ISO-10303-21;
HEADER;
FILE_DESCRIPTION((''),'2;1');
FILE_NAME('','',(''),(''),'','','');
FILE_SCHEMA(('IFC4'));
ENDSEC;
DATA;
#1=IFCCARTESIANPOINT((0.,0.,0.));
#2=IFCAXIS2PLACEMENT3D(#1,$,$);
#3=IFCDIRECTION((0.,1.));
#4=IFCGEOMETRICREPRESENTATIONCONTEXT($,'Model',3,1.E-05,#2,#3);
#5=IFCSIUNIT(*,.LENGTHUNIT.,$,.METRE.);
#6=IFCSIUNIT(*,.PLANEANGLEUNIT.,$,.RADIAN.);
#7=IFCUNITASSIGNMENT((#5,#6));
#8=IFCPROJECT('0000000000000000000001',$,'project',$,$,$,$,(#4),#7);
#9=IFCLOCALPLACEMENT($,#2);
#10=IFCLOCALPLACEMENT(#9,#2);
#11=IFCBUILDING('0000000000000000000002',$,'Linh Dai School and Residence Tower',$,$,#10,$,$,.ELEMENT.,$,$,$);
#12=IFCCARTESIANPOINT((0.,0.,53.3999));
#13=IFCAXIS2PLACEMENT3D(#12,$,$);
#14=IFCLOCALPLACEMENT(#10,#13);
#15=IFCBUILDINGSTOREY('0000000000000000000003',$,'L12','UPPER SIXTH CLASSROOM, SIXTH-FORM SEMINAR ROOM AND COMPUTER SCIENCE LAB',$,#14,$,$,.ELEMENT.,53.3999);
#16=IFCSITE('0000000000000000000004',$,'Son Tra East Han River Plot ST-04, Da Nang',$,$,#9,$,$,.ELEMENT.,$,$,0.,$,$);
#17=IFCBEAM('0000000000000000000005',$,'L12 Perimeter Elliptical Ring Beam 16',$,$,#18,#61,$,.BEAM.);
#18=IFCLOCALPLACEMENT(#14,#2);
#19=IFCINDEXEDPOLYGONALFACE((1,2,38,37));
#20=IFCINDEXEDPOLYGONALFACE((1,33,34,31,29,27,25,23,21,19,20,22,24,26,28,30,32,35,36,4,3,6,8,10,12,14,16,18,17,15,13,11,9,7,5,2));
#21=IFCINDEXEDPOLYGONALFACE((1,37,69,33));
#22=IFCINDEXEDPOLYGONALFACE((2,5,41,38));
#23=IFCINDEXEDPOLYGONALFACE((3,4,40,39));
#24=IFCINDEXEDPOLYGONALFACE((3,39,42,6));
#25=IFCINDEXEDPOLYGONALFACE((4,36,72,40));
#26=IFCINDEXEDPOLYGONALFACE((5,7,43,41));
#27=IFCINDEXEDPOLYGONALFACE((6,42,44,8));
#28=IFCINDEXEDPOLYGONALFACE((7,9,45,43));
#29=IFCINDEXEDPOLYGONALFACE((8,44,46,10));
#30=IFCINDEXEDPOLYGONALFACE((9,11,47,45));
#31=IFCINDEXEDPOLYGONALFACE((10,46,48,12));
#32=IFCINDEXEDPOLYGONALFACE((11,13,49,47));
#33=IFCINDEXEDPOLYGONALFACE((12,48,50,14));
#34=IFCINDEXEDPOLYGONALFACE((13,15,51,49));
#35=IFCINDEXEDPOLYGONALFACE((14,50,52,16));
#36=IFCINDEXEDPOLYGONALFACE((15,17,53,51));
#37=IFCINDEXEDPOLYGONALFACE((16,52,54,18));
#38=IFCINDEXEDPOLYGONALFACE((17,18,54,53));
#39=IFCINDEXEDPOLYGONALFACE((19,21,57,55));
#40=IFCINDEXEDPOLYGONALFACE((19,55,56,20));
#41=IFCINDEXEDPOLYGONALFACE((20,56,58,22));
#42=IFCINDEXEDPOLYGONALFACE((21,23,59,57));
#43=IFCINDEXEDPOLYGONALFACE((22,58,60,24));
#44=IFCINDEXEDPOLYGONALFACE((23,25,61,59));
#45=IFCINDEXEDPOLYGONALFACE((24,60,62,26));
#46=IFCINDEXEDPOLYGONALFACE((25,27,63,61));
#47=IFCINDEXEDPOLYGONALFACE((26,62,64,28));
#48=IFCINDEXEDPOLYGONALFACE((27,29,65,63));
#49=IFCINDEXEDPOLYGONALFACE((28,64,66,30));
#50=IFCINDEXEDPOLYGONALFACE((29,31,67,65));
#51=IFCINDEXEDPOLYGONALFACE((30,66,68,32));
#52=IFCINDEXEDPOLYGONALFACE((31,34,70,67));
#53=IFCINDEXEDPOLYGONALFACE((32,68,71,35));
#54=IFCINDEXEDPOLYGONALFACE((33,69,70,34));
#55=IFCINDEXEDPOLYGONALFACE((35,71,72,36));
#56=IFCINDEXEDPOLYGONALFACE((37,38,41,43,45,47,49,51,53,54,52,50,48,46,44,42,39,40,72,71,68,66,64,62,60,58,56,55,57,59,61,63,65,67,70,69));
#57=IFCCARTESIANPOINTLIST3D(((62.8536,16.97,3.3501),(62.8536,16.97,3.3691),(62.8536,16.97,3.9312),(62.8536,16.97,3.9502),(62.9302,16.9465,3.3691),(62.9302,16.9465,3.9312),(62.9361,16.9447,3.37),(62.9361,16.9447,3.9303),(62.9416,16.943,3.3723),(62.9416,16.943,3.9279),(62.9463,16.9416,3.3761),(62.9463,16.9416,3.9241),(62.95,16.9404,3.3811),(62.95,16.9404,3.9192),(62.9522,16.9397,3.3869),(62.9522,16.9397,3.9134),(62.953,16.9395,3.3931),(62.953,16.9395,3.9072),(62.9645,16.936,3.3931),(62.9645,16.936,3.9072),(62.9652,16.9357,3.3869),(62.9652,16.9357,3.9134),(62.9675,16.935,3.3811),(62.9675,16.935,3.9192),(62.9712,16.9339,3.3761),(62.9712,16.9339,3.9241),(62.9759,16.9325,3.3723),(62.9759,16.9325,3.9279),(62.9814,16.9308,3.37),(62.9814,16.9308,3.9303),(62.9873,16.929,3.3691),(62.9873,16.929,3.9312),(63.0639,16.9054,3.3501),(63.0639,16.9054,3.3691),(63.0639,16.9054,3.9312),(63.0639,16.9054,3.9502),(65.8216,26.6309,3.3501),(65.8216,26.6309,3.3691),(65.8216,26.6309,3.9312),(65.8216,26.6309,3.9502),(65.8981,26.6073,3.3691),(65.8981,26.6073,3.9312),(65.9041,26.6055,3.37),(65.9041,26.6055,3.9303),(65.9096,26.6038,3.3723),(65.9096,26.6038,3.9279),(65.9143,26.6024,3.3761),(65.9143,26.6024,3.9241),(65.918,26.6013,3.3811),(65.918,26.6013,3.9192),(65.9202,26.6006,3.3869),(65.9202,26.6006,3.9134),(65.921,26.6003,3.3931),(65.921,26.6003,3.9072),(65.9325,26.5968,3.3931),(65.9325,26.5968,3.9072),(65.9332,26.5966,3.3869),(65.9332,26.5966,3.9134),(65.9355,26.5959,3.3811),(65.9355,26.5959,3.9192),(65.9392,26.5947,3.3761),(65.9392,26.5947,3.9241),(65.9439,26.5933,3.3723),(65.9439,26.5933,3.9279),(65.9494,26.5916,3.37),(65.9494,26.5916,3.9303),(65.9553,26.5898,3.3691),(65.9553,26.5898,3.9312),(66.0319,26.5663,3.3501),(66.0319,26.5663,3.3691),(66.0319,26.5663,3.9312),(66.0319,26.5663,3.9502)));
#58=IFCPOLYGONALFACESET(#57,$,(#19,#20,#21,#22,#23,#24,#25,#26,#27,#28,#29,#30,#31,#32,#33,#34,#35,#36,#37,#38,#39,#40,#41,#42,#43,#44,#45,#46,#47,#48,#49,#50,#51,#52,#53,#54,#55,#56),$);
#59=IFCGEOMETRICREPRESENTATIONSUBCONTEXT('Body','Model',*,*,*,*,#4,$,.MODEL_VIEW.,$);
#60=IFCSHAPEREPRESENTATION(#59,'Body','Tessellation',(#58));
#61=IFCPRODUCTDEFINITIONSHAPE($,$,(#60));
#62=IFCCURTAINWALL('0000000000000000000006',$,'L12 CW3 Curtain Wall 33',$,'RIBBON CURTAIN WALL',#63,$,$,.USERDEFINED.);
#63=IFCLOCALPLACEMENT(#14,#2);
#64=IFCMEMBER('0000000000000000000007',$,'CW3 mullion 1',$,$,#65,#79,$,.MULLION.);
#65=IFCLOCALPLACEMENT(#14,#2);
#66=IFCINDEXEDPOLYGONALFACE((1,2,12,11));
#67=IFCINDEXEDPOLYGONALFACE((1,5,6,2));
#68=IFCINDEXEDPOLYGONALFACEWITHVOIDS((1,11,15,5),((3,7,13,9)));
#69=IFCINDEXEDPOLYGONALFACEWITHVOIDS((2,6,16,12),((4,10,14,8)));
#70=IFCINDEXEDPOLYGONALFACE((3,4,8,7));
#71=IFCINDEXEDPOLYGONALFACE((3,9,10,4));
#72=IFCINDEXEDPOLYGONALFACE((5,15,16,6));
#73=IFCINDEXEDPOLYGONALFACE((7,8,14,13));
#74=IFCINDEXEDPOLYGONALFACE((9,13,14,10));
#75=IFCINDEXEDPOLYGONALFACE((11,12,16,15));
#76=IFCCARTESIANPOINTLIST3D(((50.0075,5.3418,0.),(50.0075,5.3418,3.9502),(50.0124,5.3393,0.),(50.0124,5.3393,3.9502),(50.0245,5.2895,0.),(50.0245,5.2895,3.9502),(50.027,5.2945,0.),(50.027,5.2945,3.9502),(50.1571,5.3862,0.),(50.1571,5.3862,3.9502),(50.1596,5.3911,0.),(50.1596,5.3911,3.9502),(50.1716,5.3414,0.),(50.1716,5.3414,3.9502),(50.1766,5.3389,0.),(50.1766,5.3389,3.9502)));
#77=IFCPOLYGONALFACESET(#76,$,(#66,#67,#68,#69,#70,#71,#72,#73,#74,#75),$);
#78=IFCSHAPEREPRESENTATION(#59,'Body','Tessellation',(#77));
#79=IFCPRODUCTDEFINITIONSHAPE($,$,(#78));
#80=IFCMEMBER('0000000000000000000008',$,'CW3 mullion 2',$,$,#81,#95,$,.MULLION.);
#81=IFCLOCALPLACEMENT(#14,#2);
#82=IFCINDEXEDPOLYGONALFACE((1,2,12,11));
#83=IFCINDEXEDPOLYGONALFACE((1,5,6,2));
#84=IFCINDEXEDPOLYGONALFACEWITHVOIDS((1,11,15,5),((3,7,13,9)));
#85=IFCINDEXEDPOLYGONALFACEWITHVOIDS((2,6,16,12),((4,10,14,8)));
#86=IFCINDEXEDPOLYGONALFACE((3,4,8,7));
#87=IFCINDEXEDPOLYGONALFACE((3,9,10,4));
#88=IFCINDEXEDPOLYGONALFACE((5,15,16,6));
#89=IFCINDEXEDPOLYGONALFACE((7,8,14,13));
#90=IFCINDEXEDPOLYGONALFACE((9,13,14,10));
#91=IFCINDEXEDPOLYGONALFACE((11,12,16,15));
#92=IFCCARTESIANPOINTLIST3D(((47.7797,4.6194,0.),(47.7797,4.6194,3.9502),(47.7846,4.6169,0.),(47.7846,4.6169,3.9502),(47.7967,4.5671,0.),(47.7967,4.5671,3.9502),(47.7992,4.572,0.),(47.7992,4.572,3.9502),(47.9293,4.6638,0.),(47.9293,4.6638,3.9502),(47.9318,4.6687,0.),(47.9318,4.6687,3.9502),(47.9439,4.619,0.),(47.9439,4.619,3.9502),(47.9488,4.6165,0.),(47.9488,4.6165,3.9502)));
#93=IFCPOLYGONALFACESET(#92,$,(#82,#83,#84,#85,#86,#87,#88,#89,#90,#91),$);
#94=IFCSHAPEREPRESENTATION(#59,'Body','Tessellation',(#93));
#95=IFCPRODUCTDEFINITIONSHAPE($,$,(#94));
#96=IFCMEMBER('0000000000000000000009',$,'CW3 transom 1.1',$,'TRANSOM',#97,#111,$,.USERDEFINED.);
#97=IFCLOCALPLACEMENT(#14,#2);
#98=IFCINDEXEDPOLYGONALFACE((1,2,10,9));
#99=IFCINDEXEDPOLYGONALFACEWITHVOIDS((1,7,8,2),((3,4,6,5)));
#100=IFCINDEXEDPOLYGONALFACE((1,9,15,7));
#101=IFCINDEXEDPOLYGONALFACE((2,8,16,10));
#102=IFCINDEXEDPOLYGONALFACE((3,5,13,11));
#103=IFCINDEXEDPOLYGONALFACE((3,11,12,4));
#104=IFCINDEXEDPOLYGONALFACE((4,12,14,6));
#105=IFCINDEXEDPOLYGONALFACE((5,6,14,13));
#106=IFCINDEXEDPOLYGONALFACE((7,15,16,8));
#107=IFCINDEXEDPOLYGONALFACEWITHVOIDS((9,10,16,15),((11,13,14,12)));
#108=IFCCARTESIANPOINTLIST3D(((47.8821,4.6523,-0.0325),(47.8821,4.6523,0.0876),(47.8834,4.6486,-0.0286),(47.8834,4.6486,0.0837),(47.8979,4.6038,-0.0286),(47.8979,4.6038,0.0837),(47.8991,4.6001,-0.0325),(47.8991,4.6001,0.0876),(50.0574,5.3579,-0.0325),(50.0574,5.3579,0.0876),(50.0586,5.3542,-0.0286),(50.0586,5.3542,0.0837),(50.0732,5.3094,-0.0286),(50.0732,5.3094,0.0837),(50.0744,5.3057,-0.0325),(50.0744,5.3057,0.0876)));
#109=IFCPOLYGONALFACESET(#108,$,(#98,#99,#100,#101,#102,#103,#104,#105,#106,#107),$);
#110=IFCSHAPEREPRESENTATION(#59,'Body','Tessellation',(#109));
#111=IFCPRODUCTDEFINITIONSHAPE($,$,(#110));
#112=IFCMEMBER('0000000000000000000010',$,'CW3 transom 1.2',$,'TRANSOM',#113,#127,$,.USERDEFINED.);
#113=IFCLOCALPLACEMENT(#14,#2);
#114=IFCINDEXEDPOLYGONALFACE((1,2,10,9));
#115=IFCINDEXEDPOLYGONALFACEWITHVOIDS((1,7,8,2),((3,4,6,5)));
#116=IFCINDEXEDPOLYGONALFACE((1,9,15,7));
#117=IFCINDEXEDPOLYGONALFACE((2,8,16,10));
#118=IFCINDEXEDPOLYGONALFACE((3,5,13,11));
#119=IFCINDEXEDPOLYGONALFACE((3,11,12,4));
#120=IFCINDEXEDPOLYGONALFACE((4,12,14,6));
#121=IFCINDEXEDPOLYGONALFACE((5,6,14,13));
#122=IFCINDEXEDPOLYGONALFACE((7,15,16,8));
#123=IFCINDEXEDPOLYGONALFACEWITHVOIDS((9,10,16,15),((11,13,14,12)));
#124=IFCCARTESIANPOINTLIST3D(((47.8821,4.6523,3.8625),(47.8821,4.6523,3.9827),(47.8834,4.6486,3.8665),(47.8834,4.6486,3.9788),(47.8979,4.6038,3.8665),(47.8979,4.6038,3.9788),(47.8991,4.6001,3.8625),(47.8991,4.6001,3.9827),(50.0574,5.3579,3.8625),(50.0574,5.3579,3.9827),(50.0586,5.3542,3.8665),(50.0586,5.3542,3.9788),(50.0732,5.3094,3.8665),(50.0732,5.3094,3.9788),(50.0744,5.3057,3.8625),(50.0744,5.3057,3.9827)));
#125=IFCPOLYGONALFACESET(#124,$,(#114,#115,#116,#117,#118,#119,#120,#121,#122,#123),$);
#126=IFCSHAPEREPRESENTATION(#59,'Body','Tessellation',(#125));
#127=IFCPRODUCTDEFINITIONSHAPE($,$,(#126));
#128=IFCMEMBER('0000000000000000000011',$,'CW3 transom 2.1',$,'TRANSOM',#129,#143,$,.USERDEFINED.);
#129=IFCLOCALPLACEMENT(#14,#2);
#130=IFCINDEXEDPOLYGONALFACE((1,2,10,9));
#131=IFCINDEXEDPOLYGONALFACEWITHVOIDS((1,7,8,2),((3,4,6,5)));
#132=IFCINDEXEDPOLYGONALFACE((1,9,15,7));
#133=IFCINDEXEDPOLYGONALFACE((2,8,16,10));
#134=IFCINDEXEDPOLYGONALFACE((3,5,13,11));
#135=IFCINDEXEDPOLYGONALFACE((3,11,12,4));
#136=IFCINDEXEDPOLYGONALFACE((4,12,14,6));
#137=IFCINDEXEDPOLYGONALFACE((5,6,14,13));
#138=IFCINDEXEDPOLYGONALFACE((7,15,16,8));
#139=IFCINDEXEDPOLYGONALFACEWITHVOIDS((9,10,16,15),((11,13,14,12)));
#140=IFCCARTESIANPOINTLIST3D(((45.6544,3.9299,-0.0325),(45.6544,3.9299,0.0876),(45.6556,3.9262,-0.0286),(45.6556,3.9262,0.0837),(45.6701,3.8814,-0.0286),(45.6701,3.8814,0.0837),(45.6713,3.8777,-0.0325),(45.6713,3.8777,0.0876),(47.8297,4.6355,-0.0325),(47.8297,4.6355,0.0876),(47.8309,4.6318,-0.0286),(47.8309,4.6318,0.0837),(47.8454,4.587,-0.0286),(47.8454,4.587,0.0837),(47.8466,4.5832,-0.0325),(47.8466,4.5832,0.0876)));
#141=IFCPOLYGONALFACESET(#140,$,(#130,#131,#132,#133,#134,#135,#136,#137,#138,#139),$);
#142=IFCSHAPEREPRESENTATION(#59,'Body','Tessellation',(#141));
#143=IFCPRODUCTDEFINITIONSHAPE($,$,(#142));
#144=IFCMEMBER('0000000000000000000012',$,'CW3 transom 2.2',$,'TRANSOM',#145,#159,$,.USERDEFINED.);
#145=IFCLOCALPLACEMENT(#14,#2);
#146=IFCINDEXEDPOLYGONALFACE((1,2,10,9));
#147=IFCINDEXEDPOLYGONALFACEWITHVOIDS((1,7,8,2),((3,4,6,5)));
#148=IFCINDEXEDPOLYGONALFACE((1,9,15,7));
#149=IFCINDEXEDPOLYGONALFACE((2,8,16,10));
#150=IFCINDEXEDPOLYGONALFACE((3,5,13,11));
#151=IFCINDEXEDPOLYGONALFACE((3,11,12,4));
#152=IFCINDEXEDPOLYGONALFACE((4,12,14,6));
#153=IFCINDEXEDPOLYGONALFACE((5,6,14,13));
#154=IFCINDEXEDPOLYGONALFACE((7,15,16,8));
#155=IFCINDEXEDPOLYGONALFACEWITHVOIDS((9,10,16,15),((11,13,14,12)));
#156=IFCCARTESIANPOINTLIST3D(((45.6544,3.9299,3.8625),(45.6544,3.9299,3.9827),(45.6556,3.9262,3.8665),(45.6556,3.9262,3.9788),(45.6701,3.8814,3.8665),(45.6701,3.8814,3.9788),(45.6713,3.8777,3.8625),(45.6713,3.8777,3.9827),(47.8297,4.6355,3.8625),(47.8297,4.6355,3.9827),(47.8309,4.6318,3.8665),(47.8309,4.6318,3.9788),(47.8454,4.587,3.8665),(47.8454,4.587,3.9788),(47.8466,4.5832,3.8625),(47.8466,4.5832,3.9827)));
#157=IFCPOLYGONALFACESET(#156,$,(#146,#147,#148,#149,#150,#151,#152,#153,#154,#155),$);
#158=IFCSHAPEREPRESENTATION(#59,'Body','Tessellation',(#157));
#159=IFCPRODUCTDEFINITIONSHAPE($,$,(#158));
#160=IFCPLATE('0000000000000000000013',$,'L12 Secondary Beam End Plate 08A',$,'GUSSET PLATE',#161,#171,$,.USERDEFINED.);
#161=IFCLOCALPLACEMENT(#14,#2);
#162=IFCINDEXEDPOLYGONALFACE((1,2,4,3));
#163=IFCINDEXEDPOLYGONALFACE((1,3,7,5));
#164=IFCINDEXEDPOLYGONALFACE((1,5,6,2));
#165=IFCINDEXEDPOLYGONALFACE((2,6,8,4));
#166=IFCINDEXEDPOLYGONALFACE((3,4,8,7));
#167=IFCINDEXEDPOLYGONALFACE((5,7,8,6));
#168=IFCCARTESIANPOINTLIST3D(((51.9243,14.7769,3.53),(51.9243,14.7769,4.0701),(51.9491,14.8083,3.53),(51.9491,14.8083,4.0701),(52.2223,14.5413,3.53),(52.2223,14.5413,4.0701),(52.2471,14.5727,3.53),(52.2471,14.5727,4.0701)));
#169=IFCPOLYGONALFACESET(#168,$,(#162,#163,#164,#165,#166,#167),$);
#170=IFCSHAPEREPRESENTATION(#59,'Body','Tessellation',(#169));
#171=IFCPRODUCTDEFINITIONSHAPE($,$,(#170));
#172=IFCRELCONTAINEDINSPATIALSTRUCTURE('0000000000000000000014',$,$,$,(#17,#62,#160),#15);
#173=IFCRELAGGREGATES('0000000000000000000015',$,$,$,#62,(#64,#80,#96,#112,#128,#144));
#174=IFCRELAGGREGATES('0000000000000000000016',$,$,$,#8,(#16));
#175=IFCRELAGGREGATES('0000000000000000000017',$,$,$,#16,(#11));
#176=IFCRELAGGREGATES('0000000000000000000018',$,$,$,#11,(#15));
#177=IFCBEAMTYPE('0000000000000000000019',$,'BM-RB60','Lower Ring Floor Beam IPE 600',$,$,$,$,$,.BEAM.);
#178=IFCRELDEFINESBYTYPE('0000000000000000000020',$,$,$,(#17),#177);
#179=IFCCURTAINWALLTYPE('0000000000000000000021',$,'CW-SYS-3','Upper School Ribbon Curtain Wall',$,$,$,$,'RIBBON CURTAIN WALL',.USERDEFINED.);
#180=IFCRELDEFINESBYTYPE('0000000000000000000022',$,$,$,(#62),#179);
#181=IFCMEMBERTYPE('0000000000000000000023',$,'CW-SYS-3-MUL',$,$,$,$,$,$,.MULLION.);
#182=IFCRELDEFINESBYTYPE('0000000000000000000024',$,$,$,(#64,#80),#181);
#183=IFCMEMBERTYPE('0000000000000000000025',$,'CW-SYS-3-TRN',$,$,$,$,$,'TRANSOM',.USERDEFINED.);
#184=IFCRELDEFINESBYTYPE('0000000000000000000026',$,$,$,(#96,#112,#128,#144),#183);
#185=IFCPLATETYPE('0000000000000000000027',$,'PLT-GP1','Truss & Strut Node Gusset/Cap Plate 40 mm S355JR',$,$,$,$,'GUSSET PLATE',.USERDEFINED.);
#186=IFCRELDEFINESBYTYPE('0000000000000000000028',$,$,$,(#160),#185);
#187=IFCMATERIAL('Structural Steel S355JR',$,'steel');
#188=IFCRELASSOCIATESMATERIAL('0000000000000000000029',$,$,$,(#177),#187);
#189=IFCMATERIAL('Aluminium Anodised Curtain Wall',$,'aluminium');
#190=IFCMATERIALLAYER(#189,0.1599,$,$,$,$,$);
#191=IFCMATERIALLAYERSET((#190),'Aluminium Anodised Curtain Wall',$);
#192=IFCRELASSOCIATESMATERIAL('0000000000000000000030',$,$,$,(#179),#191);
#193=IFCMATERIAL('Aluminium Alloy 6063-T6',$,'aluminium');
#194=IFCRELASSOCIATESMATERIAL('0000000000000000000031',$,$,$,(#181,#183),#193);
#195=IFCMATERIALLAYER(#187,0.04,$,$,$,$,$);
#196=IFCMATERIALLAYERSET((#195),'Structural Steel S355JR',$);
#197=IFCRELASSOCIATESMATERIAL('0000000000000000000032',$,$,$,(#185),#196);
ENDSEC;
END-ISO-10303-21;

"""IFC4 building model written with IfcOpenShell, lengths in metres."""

from ifc_helpers import new_model, si_unit, direction, frame, origin, origin_2d, place, context, subcontext, project, spatial, rectangle, hollow_rectangle, i_section, extrude, source, transform, mapped, material, layer, layer_set, material_profile, profile_set, type_object, element, aggregate, save


model = new_model("IFC4")

# Units and contexts
model_context = context("Model", 3, precision=1e-05, world=origin(), true_north=direction((0.0, 1.0)))
body_context = subcontext(model_context, "Body", "Model", "MODEL_VIEW")
ifc_project = project(units=[si_unit("LENGTHUNIT", "METRE"), si_unit("PLANEANGLEUNIT", "RADIAN")], contexts=[model_context])

# Site, building, storey
site_placement = place(None, origin())
site = spatial("IfcSite", under=ifc_project, at=site_placement, Name="Son Tra East Han River Plot ST-04, Da Nang", CompositionType="ELEMENT", RefElevation=0.0)
building_placement = place(site_placement, origin())
building = spatial("IfcBuilding", under=site, at=building_placement, Name="Linh Dai School and Residence Tower", CompositionType="ELEMENT")
storey_placement = place(building_placement, frame((0.0, 0.0, 53.3999)))
storey = spatial("IfcBuildingStorey", under=building, at=storey_placement, Name="L12", Description="UPPER SIXTH CLASSROOM, SIXTH-FORM SEMINAR ROOM AND COMPUTER SCIENCE LAB", CompositionType="ELEMENT", Elevation=53.3999)

# Shared definitions
ifc_material_1 = material(Name="Structural Steel S355JR", Category="steel")

# Beam
ifc_material_profile_1 = material_profile(ifc_material_1, i_section(OverallWidth=0.22, OverallDepth=0.6001, WebThickness=0.012, FlangeThickness=0.019, FilletRadius=0.0239, at=origin_2d()), Name="IPE 600")
ifc_profile_set_1 = profile_set([ifc_material_profile_1], Name="Structural Steel S355JR")
beam_type_1 = type_object("IfcBeamType", Name="BM-RB60", Description="Lower Ring Floor Beam IPE 600", PredefinedType="BEAM", material=ifc_profile_set_1)
beam_1_placement = place(storey_placement, frame((62.9587, 16.9377, 3.6501), z_axis=(0.293673, 0.955906, 0.0), x_axis=(-0.955906, 0.293673, 0.0)))
element("IfcBeam", 1, at=beam_1_placement, inside=storey, type_object=beam_type_1, Name="L12 Perimeter Elliptical Ring Beam 16", PredefinedType="BEAM", context=body_context, shape_type="SweptSolid", body=[
    extrude(i_section(OverallWidth=0.22, OverallDepth=0.6001, WebThickness=0.012, FlangeThickness=0.019, FilletRadius=0.0239, at=origin_2d()), origin(), (0.0, 0.0, 1.0), 10.1064),
])

# Curtain wall, members
ifc_material_2 = material(Name="Aluminium Anodised Curtain Wall", Category="aluminium")
ifc_layer_1 = layer(ifc_material_2, 0.1599)
ifc_layer_set_1 = layer_set([ifc_layer_1], Name="Aluminium Anodised Curtain Wall")
curtain_wall_type = type_object("IfcCurtainWallType", Name="CW-SYS-3", Description="Upper School Ribbon Curtain Wall", ElementType="RIBBON CURTAIN WALL", PredefinedType="USERDEFINED", material=ifc_layer_set_1)
curtain_wall_placement = place(storey_placement, origin())
curtain_wall = element("IfcCurtainWall", 2, at=curtain_wall_placement, inside=storey, type_object=curtain_wall_type, Name="L12 CW3 Curtain Wall 33", ObjectType="RIBBON CURTAIN WALL", PredefinedType="USERDEFINED")
ifc_material_3 = material(Name="Aluminium Alloy 6063-T6", Category="aluminium")
ifc_material_profile_2 = material_profile(ifc_material_3, hollow_rectangle(XDim=0.0549, YDim=0.1599, WallThickness=0.0039, at=origin_2d()), Name="RHS 160x55x4")
ifc_profile_set_2 = profile_set([ifc_material_profile_2], Name="Aluminium Alloy 6063-T6")
member_type_1 = type_object("IfcMemberType", Name="CW-SYS-3-MUL", PredefinedType="MULLION", material=ifc_profile_set_2)
shared_shape_1 = source(origin(), body_context, "Body", "SweptSolid", [
    extrude(hollow_rectangle(XDim=0.0549, YDim=0.1599, WallThickness=0.0039, at=origin_2d()), origin(), (0.0, 0.0, 1.0), 3.9502),
])
member_1_placement = place(storey_placement, frame((50.092, 5.3403, 0.0), z_axis=(0.0, 0.0, 1.0), x_axis=(0.308511, -0.951221, 0.0)))
member_1 = element("IfcMember", 3, at=member_1_placement, type_object=member_type_1, Name="CW3 mullion 1", PredefinedType="MULLION", context=body_context, shape_type="MappedRepresentation", body=[
    mapped(shared_shape_1, transform((0.0, 0.0, 0.0), x_axis=(1.0, 0.0, 0.0), y_axis=(0.0, 1.0, 0.0), z_axis=(0.0, 0.0, 1.0), scale=1.0)),
])
member_2_placement = place(storey_placement, frame((47.8643, 4.6179, 0.0), z_axis=(0.0, 0.0, 1.0), x_axis=(0.308511, -0.951221, 0.0)))
member_2 = element("IfcMember", 4, at=member_2_placement, type_object=member_type_1, Name="CW3 mullion 2", PredefinedType="MULLION", context=body_context, shape_type="MappedRepresentation", body=[
    mapped(shared_shape_1, transform((0.0, 0.0, 0.0), x_axis=(1.0, 0.0, 0.0), y_axis=(0.0, 1.0, 0.0), z_axis=(0.0, 0.0, 1.0), scale=1.0)),
])
ifc_material_profile_3 = material_profile(ifc_material_3, hollow_rectangle(XDim=0.0549, YDim=0.1201, WallThickness=0.0039, at=origin_2d()), Name="RHS 120x55x4")
ifc_profile_set_3 = profile_set([ifc_material_profile_3], Name="Aluminium Alloy 6063-T6")
member_type_2 = type_object("IfcMemberType", Name="CW-SYS-3-TRN", ElementType="TRANSOM", PredefinedType="USERDEFINED", material=ifc_profile_set_3)
shared_shape_2 = source(origin(), body_context, "Body", "SweptSolid", [
    extrude(hollow_rectangle(XDim=0.0549, YDim=0.1201, WallThickness=0.0039, at=origin_2d()), origin(), (0.0, 0.0, 1.0), 2.2869),
])
member_3_placement = place(storey_placement, frame((50.0659, 5.3318, 0.0276), z_axis=(-0.951214, -0.308531, 0.0), x_axis=(0.308531, -0.951214, 0.0)))
member_3 = element("IfcMember", 5, at=member_3_placement, type_object=member_type_2, Name="CW3 transom 1.1", ObjectType="TRANSOM", PredefinedType="USERDEFINED", context=body_context, shape_type="MappedRepresentation", body=[
    mapped(shared_shape_2, transform((0.0, 0.0, 0.0), x_axis=(1.0, 0.0, 0.0), y_axis=(0.0, 1.0, 0.0), z_axis=(0.0, 0.0, 1.0), scale=1.0)),
])
member_4_placement = place(storey_placement, frame((50.0659, 5.3318, 3.9226), z_axis=(-0.951214, -0.308531, 0.0), x_axis=(0.308531, -0.951214, 0.0)))
member_4 = element("IfcMember", 6, at=member_4_placement, type_object=member_type_2, Name="CW3 transom 1.2", ObjectType="TRANSOM", PredefinedType="USERDEFINED", context=body_context, shape_type="MappedRepresentation", body=[
    mapped(shared_shape_2, transform((0.0, 0.0, 0.0), x_axis=(1.0, 0.0, 0.0), y_axis=(0.0, 1.0, 0.0), z_axis=(0.0, 0.0, 1.0), scale=1.0)),
])
member_5_placement = place(storey_placement, frame((47.8381, 4.6094, 0.0276), z_axis=(-0.951214, -0.308531, 0.0), x_axis=(0.308531, -0.951214, 0.0)))
member_5 = element("IfcMember", 7, at=member_5_placement, type_object=member_type_2, Name="CW3 transom 2.1", ObjectType="TRANSOM", PredefinedType="USERDEFINED", context=body_context, shape_type="MappedRepresentation", body=[
    mapped(shared_shape_2, transform((0.0, 0.0, 0.0), x_axis=(1.0, 0.0, 0.0), y_axis=(0.0, 1.0, 0.0), z_axis=(0.0, 0.0, 1.0), scale=1.0)),
])
member_6_placement = place(storey_placement, frame((47.8381, 4.6094, 3.9226), z_axis=(-0.951214, -0.308531, 0.0), x_axis=(0.308531, -0.951214, 0.0)))
member_6 = element("IfcMember", 8, at=member_6_placement, type_object=member_type_2, Name="CW3 transom 2.2", ObjectType="TRANSOM", PredefinedType="USERDEFINED", context=body_context, shape_type="MappedRepresentation", body=[
    mapped(shared_shape_2, transform((0.0, 0.0, 0.0), x_axis=(1.0, 0.0, 0.0), y_axis=(0.0, 1.0, 0.0), z_axis=(0.0, 0.0, 1.0), scale=1.0)),
])

# Plate
ifc_layer_2 = layer(ifc_material_1, 0.04)
ifc_layer_set_2 = layer_set([ifc_layer_2], Name="Structural Steel S355JR")
plate_type_1 = type_object("IfcPlateType", Name="PLT-GP1", Description="Truss & Strut Node Gusset/Cap Plate 40 mm S355JR", ElementType="GUSSET PLATE", PredefinedType="USERDEFINED", material=ifc_layer_set_2)
shared_shape_3 = source(origin(), body_context, "Body", "SweptSolid", [
    extrude(rectangle(XDim=0.04, YDim=0.3799, at=origin_2d()), origin(), (0.0, 0.0, 1.0), 0.54),
])
plate_1_placement = place(storey_placement, frame((52.0857, 14.6748, 3.53), z_axis=(0.0, 0.0, 1.0), x_axis=(0.620178, 0.784461, 0.0)))
element("IfcPlate", 9, at=plate_1_placement, inside=storey, type_object=plate_type_1, Name="L12 Secondary Beam End Plate 08A", ObjectType="GUSSET PLATE", PredefinedType="USERDEFINED", context=body_context, shape_type="MappedRepresentation", body=[
    mapped(shared_shape_3, transform((0.0, 0.0, 0.0), x_axis=(1.0, 0.0, 0.0), y_axis=(0.0, 1.0, 0.0), z_axis=(0.0, 0.0, 1.0), scale=1.0)),
])

aggregate(curtain_wall, [member_1, member_2, member_3, member_4, member_5, member_6])

save(model, "model.ifc")
